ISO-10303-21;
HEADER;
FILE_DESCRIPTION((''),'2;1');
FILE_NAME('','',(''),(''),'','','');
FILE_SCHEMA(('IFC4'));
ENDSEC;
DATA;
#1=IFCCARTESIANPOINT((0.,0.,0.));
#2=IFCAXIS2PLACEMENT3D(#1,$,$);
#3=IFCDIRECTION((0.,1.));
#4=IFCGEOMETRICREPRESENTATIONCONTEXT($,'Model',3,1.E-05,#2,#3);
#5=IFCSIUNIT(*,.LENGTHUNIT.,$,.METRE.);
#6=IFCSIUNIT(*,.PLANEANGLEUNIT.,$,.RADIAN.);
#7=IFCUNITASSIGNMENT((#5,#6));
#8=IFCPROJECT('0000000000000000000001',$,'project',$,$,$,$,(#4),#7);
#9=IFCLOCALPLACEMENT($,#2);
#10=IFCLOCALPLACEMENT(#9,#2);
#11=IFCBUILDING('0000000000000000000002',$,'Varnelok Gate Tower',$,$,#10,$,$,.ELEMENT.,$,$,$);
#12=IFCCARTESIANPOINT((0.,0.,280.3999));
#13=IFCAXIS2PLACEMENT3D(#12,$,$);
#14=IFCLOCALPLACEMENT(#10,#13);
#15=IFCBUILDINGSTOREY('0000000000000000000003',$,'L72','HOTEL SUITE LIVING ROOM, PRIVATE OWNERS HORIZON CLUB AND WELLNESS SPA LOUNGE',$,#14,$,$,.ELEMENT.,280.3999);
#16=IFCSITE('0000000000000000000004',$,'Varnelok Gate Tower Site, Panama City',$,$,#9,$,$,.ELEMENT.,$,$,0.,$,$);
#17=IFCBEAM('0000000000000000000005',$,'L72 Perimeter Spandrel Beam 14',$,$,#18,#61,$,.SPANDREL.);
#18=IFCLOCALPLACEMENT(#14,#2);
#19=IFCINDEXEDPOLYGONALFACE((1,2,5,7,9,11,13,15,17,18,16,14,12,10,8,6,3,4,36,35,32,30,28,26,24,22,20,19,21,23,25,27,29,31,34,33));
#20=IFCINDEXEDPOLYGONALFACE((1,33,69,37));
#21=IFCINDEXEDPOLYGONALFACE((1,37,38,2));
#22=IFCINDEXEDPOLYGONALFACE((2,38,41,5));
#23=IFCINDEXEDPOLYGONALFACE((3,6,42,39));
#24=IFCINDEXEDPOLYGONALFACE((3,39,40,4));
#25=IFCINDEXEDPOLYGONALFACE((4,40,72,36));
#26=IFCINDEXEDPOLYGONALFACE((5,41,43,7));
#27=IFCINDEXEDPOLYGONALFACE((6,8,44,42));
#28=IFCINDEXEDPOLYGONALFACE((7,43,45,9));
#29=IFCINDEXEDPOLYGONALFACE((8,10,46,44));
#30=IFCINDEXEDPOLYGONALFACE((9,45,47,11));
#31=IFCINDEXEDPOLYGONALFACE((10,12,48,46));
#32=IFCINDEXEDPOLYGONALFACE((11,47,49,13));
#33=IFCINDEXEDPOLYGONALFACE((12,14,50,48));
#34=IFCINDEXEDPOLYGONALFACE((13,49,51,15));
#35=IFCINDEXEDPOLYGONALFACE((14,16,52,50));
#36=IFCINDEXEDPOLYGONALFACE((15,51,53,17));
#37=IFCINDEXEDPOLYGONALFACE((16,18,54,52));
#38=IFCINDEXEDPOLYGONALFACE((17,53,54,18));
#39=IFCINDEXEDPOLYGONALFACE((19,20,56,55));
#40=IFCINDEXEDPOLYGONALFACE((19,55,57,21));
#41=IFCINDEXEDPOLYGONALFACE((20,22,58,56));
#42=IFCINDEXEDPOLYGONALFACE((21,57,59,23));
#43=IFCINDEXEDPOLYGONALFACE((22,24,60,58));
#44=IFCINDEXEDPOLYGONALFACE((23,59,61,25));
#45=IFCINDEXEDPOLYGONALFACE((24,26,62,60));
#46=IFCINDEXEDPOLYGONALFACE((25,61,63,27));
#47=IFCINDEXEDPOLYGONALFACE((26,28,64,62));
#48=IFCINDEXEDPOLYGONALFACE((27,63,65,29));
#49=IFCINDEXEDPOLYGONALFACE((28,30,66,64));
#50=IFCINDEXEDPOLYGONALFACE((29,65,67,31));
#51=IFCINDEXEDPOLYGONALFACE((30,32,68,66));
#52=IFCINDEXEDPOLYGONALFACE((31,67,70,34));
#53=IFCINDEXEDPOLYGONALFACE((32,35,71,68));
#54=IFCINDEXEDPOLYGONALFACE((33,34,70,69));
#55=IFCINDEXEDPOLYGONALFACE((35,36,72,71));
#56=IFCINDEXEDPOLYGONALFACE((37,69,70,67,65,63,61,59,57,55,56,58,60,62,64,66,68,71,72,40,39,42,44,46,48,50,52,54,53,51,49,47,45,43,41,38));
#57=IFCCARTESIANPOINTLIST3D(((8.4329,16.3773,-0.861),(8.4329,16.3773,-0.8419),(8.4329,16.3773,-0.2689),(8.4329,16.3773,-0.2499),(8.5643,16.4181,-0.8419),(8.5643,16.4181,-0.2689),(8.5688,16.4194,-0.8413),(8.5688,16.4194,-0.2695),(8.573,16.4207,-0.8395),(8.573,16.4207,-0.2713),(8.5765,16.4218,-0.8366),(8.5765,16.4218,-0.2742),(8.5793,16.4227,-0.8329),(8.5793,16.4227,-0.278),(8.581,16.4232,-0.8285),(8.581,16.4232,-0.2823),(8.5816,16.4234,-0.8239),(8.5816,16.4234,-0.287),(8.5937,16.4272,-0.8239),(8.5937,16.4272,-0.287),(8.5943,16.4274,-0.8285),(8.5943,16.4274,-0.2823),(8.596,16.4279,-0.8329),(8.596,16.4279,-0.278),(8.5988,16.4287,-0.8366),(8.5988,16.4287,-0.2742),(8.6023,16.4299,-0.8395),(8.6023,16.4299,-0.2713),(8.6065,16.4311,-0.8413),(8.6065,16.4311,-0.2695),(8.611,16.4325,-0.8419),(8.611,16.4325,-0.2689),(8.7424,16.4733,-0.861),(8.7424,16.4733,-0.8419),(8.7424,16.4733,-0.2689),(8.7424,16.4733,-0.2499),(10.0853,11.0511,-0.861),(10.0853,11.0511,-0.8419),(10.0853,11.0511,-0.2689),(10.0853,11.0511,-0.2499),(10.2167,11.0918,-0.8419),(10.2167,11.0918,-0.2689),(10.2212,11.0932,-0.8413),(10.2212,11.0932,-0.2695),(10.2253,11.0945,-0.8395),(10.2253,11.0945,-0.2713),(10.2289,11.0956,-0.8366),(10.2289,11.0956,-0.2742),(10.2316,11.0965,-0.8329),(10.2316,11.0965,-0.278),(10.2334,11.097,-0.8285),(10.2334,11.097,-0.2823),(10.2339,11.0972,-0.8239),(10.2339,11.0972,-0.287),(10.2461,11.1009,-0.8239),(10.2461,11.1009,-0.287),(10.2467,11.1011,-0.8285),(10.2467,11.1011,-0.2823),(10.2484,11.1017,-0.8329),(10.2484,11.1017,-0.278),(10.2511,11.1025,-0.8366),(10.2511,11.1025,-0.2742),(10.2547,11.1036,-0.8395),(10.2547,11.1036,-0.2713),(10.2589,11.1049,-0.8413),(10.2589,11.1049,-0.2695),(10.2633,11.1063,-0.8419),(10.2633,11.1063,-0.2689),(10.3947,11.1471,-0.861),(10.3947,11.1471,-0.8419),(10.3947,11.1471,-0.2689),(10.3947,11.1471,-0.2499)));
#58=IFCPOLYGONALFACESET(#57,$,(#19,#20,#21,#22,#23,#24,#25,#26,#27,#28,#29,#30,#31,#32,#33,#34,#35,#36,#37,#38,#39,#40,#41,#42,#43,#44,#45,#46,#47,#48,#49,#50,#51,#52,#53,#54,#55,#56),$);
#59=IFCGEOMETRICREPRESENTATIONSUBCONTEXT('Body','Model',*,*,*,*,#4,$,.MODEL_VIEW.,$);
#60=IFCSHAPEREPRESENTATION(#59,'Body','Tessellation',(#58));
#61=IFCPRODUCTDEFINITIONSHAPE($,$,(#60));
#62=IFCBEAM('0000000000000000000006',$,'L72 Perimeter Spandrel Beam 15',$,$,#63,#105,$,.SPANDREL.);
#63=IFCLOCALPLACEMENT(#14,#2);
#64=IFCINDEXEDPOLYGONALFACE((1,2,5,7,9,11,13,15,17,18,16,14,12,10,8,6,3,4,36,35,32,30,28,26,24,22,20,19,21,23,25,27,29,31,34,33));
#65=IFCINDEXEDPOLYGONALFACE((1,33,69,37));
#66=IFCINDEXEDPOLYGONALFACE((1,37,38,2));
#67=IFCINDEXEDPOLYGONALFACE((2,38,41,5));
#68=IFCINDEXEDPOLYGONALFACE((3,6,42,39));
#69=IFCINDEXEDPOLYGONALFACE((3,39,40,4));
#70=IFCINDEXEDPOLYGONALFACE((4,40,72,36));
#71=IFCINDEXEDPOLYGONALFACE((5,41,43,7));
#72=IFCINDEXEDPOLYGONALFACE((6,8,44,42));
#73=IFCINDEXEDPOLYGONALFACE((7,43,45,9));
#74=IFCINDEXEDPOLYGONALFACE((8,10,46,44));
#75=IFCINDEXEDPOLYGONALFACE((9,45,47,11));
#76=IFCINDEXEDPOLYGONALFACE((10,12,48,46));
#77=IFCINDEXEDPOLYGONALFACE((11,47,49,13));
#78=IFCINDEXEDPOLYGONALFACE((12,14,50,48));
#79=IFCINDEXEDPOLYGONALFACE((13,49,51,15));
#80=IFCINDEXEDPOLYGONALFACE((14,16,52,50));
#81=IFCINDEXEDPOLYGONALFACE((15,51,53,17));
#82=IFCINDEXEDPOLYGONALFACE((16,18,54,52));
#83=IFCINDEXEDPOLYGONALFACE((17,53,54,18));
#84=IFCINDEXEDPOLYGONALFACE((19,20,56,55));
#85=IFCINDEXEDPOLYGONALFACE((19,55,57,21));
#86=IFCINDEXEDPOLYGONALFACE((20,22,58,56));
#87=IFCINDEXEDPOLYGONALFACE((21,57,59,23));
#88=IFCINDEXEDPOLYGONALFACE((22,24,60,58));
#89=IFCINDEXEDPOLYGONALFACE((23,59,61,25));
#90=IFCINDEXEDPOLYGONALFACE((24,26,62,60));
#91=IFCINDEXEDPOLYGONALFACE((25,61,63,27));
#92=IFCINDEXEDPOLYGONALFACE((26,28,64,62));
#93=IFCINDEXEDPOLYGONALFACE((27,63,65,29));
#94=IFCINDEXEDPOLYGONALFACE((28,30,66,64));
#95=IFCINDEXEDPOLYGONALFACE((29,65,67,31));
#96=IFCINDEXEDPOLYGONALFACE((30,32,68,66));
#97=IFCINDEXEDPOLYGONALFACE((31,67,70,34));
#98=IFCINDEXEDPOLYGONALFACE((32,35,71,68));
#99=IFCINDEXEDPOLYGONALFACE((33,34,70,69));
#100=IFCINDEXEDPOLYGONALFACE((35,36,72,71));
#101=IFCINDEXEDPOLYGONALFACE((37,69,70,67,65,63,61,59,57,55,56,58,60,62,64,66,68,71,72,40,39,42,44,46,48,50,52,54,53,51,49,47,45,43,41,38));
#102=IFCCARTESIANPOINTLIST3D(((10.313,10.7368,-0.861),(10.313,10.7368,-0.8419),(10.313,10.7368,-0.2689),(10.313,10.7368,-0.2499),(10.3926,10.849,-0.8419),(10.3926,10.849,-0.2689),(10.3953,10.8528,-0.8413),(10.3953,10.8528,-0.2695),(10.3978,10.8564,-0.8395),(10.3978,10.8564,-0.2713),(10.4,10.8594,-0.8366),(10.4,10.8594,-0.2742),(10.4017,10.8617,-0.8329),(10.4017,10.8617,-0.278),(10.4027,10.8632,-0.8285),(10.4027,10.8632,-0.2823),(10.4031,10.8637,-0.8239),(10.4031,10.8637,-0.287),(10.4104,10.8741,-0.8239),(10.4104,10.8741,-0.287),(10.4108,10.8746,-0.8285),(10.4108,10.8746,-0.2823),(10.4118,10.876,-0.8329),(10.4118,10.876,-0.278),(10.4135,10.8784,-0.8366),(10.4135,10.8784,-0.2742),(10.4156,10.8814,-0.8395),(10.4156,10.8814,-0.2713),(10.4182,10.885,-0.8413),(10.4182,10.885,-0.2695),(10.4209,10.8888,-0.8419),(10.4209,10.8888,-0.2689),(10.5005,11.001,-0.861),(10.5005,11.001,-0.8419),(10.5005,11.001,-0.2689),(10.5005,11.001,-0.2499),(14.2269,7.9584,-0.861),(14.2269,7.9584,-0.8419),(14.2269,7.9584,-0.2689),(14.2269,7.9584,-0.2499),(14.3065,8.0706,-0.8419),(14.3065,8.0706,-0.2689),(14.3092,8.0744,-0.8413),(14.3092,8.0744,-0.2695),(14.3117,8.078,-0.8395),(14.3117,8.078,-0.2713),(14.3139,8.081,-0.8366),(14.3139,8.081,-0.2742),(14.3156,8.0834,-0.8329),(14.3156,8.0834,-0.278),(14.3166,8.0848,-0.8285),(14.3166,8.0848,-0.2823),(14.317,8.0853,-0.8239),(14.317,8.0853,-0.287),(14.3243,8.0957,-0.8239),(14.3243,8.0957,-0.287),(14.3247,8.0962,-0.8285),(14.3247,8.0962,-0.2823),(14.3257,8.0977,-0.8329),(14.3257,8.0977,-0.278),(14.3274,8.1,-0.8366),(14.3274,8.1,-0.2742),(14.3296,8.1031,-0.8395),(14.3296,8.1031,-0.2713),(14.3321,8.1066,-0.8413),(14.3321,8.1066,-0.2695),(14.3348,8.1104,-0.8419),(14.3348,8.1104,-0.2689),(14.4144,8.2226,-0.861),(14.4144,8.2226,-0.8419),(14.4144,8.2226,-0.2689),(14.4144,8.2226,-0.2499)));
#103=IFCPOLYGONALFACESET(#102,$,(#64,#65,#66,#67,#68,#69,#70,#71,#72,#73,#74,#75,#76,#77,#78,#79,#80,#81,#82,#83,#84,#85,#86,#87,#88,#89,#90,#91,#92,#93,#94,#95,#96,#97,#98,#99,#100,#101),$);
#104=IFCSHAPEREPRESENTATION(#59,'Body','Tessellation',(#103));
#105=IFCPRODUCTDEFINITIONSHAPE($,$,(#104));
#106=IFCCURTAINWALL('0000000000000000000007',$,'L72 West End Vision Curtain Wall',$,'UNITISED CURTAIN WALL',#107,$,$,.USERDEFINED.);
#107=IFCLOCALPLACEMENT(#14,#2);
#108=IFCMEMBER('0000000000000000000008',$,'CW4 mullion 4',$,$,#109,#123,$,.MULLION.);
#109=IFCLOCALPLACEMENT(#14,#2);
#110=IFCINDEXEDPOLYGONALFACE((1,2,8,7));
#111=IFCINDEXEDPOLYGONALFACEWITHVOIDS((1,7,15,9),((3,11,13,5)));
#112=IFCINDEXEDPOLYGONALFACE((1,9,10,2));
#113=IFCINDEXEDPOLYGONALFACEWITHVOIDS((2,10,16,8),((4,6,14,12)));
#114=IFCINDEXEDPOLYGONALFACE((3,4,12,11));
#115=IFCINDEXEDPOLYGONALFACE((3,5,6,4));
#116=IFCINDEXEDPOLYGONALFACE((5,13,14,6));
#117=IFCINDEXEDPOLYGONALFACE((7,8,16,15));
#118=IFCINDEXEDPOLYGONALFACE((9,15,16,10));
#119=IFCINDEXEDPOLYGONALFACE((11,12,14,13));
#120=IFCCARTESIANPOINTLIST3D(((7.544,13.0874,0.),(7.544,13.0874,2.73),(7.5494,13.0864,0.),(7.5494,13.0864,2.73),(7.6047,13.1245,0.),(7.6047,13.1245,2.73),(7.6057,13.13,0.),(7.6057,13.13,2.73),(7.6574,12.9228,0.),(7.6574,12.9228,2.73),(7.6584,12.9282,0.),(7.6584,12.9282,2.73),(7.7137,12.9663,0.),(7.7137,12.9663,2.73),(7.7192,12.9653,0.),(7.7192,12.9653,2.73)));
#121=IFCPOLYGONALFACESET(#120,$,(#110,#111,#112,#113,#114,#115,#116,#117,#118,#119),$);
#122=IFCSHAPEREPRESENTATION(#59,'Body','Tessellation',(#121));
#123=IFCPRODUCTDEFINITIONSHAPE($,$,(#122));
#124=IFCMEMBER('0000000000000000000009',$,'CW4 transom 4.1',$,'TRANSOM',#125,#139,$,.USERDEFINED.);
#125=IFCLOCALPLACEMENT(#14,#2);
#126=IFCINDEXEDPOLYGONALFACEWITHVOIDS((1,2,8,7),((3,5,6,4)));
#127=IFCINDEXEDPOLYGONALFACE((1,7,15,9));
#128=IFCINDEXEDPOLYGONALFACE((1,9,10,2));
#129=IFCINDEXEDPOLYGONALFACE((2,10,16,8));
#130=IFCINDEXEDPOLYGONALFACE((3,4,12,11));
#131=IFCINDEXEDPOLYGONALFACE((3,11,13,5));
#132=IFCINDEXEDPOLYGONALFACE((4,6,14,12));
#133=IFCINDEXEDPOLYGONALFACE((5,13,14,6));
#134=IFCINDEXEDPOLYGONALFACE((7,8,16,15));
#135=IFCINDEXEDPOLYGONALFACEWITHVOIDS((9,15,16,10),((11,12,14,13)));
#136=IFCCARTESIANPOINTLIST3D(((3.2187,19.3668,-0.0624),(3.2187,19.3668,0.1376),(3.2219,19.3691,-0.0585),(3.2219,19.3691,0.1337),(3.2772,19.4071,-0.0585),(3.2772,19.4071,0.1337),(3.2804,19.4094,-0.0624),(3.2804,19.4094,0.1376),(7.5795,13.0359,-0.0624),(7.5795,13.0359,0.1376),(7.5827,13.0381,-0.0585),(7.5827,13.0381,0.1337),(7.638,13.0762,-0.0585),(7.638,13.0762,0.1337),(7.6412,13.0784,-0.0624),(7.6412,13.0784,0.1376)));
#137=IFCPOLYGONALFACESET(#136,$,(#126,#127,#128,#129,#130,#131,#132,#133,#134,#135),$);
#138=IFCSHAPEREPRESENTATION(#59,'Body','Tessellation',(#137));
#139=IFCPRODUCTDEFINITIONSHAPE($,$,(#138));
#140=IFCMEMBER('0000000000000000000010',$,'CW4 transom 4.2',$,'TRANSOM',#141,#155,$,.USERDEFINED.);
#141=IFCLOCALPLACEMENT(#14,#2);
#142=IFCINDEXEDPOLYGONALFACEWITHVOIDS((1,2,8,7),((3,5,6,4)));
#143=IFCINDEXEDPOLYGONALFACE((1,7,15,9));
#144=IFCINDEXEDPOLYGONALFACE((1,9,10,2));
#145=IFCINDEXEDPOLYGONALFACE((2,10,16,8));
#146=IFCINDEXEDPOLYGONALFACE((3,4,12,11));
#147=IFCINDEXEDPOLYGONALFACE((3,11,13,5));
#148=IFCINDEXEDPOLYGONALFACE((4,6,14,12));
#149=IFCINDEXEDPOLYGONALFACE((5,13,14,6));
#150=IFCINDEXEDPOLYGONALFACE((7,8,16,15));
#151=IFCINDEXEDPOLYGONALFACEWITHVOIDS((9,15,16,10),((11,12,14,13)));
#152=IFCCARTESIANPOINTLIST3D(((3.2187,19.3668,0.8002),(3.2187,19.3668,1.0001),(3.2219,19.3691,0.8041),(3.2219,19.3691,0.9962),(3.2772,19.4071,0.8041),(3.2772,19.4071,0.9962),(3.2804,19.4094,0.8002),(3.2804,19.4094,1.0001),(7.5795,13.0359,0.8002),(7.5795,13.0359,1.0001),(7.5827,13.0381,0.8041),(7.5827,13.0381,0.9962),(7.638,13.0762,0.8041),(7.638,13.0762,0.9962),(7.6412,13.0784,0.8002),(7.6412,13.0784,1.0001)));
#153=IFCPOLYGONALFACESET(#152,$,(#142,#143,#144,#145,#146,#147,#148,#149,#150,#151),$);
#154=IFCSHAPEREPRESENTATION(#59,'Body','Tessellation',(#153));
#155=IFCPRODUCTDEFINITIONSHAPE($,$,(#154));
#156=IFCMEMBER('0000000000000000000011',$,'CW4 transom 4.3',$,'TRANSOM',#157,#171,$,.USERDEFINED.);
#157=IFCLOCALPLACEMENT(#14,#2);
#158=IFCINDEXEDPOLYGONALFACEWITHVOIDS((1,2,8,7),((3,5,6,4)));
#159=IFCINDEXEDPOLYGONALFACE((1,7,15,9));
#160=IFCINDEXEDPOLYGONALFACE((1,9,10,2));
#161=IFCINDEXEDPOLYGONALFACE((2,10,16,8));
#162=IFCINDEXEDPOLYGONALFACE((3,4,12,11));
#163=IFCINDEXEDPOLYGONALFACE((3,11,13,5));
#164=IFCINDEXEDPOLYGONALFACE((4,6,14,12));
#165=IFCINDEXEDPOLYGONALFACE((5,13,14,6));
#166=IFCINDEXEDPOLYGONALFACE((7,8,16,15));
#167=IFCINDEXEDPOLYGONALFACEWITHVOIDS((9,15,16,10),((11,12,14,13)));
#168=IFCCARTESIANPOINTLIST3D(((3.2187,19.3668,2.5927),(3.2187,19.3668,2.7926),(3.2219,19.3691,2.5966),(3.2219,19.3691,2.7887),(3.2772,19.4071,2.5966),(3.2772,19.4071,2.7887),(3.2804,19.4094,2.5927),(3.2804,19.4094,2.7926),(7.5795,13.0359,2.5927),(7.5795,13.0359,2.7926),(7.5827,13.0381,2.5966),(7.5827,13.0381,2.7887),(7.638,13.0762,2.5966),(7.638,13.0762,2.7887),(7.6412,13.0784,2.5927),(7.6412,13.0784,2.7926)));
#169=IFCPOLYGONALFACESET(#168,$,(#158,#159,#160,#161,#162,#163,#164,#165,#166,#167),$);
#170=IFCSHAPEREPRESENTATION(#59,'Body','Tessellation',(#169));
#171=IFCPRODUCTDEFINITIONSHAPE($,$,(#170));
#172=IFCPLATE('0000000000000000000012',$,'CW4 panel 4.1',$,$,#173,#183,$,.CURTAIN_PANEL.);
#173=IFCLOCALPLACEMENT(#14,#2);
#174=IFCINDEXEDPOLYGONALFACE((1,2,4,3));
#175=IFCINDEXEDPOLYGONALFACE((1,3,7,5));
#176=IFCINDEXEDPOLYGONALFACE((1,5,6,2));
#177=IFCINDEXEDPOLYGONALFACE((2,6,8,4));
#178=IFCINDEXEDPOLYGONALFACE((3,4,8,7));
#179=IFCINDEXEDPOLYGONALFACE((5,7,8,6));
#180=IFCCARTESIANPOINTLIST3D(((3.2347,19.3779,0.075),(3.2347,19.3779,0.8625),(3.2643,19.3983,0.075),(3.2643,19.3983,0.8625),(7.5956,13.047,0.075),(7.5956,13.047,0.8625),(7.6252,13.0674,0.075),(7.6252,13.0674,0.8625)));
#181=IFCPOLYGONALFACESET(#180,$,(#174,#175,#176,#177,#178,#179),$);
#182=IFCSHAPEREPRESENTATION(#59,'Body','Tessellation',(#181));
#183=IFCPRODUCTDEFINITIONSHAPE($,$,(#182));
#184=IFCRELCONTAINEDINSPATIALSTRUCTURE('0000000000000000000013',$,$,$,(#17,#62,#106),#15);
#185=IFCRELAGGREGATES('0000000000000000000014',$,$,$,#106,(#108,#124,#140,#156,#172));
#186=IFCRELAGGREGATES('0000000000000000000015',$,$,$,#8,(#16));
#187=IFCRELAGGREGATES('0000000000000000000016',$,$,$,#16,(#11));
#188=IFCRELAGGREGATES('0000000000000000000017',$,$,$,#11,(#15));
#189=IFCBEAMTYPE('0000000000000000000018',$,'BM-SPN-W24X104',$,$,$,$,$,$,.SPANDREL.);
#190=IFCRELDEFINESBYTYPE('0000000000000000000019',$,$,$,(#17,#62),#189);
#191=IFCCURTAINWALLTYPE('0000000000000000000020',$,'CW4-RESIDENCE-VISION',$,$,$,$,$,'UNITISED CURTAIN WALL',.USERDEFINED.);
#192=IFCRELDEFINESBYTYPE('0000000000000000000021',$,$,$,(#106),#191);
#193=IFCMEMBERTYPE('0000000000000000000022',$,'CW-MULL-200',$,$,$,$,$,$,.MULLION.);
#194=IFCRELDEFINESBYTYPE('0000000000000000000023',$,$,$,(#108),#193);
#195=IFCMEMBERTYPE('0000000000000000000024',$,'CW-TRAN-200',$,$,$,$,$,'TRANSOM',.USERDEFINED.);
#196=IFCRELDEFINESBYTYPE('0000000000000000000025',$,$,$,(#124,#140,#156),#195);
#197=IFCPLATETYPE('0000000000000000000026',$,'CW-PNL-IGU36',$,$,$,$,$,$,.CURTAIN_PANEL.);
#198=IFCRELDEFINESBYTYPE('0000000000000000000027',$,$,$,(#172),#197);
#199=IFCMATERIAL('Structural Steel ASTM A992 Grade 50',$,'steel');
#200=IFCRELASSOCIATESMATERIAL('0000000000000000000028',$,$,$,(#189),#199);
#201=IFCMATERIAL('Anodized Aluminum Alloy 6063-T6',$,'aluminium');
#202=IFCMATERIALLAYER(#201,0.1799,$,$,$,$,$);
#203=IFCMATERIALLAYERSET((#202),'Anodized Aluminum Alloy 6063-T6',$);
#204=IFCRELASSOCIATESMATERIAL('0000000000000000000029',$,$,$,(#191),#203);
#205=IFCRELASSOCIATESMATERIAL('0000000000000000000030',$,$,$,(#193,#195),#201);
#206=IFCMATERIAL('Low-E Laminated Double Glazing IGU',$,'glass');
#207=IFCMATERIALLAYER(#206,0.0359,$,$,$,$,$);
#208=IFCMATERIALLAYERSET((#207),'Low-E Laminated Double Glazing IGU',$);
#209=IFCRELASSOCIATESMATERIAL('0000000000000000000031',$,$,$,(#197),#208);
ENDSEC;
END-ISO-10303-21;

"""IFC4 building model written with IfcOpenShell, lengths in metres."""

from ifc_helpers import new_model, si_unit, direction, frame, origin, origin_2d, place, context, subcontext, project, spatial, rectangle, hollow_rectangle, i_section, extrude, source, transform, mapped, material, layer, layer_set, material_profile, profile_set, type_object, element, aggregate, save


model = new_model("IFC4")

# Units and contexts
model_context = context("Model", 3, precision=1e-05, world=origin(), true_north=direction((0.0, 1.0)))
body_context = subcontext(model_context, "Body", "Model", "MODEL_VIEW")
ifc_project = project(units=[si_unit("LENGTHUNIT", "METRE"), si_unit("PLANEANGLEUNIT", "RADIAN")], contexts=[model_context])

# Site, building, storey
site_placement = place(None, origin())
site = spatial("IfcSite", under=ifc_project, at=site_placement, Name="Varnelok Gate Tower Site, Panama City", CompositionType="ELEMENT", RefElevation=0.0)
building_placement = place(site_placement, origin())
building = spatial("IfcBuilding", under=site, at=building_placement, Name="Varnelok Gate Tower", CompositionType="ELEMENT")
storey_placement = place(building_placement, frame((0.0, 0.0, 280.3999)))
storey = spatial("IfcBuildingStorey", under=building, at=storey_placement, Name="L72", Description="HOTEL SUITE LIVING ROOM, PRIVATE OWNERS HORIZON CLUB AND WELLNESS SPA LOUNGE", CompositionType="ELEMENT", Elevation=280.3999)

# Shared definitions
ifc_material_1 = material(Name="Structural Steel ASTM A992 Grade 50", Category="steel")

# Beams
ifc_material_profile_1 = material_profile(ifc_material_1, i_section(OverallWidth=0.324, OverallDepth=0.6111, WebThickness=0.0127, FlangeThickness=0.019, FilletRadius=0.0181, at=origin_2d()), Name="W24X104")
ifc_profile_set_1 = profile_set([ifc_material_profile_1], Name="Structural Steel ASTM A992 Grade 50")
beam_type_1 = type_object("IfcBeamType", Name="BM-SPN-W24X104", PredefinedType="SPANDREL", material=ifc_profile_set_1)
beam_1_placement = place(storey_placement, frame((8.5876, 16.4253, -0.5554), z_axis=(0.2963, -0.955095, 0.0), x_axis=(0.955095, 0.2963, 0.0)))
element("IfcBeam", 1, at=beam_1_placement, inside=storey, type_object=beam_type_1, Name="L72 Perimeter Spandrel Beam 14", PredefinedType="SPANDREL", context=body_context, shape_type="SweptSolid", body=[
    extrude(i_section(OverallWidth=0.324, OverallDepth=0.6111, WebThickness=0.0127, FlangeThickness=0.019, FilletRadius=0.0181, at=origin_2d()), origin(), (0.0, 0.0, 1.0), 5.5767),
])
beam_2_placement = place(storey_placement, frame((10.4067, 10.8689, -0.5554), z_axis=(0.815431, -0.578854, 0.0), x_axis=(0.578854, 0.815431, 0.0)))
element("IfcBeam", 2, at=beam_2_placement, inside=storey, type_object=beam_type_1, Name="L72 Perimeter Spandrel Beam 15", PredefinedType="SPANDREL", context=body_context, shape_type="SweptSolid", body=[
    extrude(i_section(OverallWidth=0.324, OverallDepth=0.6111, WebThickness=0.0127, FlangeThickness=0.019, FilletRadius=0.0181, at=origin_2d()), origin(), (0.0, 0.0, 1.0), 4.7998),
])

# Curtain wall, members, plate
ifc_material_2 = material(Name="Anodized Aluminum Alloy 6063-T6", Category="aluminium")
ifc_layer_1 = layer(ifc_material_2, 0.1799)
ifc_layer_set_1 = layer_set([ifc_layer_1], Name="Anodized Aluminum Alloy 6063-T6")
curtain_wall_type = type_object("IfcCurtainWallType", Name="CW4-RESIDENCE-VISION", ElementType="UNITISED CURTAIN WALL", PredefinedType="USERDEFINED", material=ifc_layer_set_1)
curtain_wall_placement = place(storey_placement, origin())
curtain_wall = element("IfcCurtainWall", 3, at=curtain_wall_placement, inside=storey, type_object=curtain_wall_type, Name="L72 West End Vision Curtain Wall", ObjectType="UNITISED CURTAIN WALL", PredefinedType="USERDEFINED")
ifc_material_profile_2 = material_profile(ifc_material_2, hollow_rectangle(XDim=0.075, YDim=0.2, WallThickness=0.0039, at=origin_2d()), Name="ALU200X75X4")
ifc_profile_set_2 = profile_set([ifc_material_profile_2], Name="Anodized Aluminum Alloy 6063-T6")
member_type_1 = type_object("IfcMemberType", Name="CW-MULL-200", PredefinedType="MULLION", material=ifc_profile_set_2)
member_1_placement = place(storey_placement, frame((7.6316, 13.0264, 0.0), z_axis=(0.0, 0.0, 1.0), x_axis=(-0.823532, -0.567269, 0.0)))
member_1 = element("IfcMember", 4, at=member_1_placement, type_object=member_type_1, Name="CW4 mullion 4", PredefinedType="MULLION", context=body_context, shape_type="SweptSolid", body=[
    extrude(hollow_rectangle(XDim=0.075, YDim=0.2, WallThickness=0.0039, at=origin_2d()), origin(), (0.0, 0.0, 1.0), 2.73),
])
ifc_material_profile_3 = material_profile(ifc_material_2, hollow_rectangle(XDim=0.075, YDim=0.2, WallThickness=0.0039, at=origin_2d()), Name="ALU200X75X4")
ifc_profile_set_3 = profile_set([ifc_material_profile_3], Name="Anodized Aluminum Alloy 6063-T6")
member_type_2 = type_object("IfcMemberType", Name="CW-TRAN-200", ElementType="TRANSOM", PredefinedType="USERDEFINED", material=ifc_profile_set_3)
member_2_placement = place(storey_placement, frame((7.6104, 13.0571, 0.0376), z_axis=(-0.567256, 0.823541, 0.0), x_axis=(-0.823541, -0.567256, 0.0)))
member_2 = element("IfcMember", 5, at=member_2_placement, type_object=member_type_2, Name="CW4 transom 4.1", ObjectType="TRANSOM", PredefinedType="USERDEFINED", context=body_context, shape_type="SweptSolid", body=[
    extrude(hollow_rectangle(XDim=0.075, YDim=0.2, WallThickness=0.0039, at=origin_2d()), origin(), (0.0, 0.0, 1.0), 7.6875),
])
member_3_placement = place(storey_placement, frame((7.6104, 13.0571, 0.9001), z_axis=(-0.567256, 0.823541, 0.0), x_axis=(-0.823541, -0.567256, 0.0)))
member_3 = element("IfcMember", 6, at=member_3_placement, type_object=member_type_2, Name="CW4 transom 4.2", ObjectType="TRANSOM", PredefinedType="USERDEFINED", context=body_context, shape_type="SweptSolid", body=[
    extrude(hollow_rectangle(XDim=0.075, YDim=0.2, WallThickness=0.0039, at=origin_2d()), origin(), (0.0, 0.0, 1.0), 7.6875),
])
member_4_placement = place(storey_placement, frame((7.6104, 13.0571, 2.6926), z_axis=(-0.567256, 0.823541, 0.0), x_axis=(-0.823541, -0.567256, 0.0)))
member_4 = element("IfcMember", 7, at=member_4_placement, type_object=member_type_2, Name="CW4 transom 4.3", ObjectType="TRANSOM", PredefinedType="USERDEFINED", context=body_context, shape_type="SweptSolid", body=[
    extrude(hollow_rectangle(XDim=0.075, YDim=0.2, WallThickness=0.0039, at=origin_2d()), origin(), (0.0, 0.0, 1.0), 7.6875),
])
ifc_material_3 = material(Name="Low-E Laminated Double Glazing IGU", Category="glass")
ifc_layer_2 = layer(ifc_material_3, 0.0359)
ifc_layer_set_2 = layer_set([ifc_layer_2], Name="Low-E Laminated Double Glazing IGU")
plate_type = type_object("IfcPlateType", Name="CW-PNL-IGU36", PredefinedType="CURTAIN_PANEL", material=ifc_layer_set_2)
shared_shape_1 = source(origin(), body_context, "Body", "SweptSolid", [
    extrude(rectangle(XDim=7.6875, YDim=0.0359, at=origin_2d()), origin(), (0.0, 0.0, 1.0), 0.7876),
])
plate_1_placement = place(storey_placement, frame((5.4299, 16.2227, 0.075), z_axis=(0.0, 0.0, 1.0), x_axis=(-0.567269, 0.823532, 0.0)))
plate_1 = element("IfcPlate", 8, at=plate_1_placement, type_object=plate_type, Name="CW4 panel 4.1", PredefinedType="CURTAIN_PANEL", context=body_context, shape_type="MappedRepresentation", body=[
    mapped(shared_shape_1, transform((0.0, 0.0, 0.0), scale=1.0)),
])
aggregate(curtain_wall, [member_1, member_2, member_3, member_4, plate_1])

save(model, "model.ifc")
